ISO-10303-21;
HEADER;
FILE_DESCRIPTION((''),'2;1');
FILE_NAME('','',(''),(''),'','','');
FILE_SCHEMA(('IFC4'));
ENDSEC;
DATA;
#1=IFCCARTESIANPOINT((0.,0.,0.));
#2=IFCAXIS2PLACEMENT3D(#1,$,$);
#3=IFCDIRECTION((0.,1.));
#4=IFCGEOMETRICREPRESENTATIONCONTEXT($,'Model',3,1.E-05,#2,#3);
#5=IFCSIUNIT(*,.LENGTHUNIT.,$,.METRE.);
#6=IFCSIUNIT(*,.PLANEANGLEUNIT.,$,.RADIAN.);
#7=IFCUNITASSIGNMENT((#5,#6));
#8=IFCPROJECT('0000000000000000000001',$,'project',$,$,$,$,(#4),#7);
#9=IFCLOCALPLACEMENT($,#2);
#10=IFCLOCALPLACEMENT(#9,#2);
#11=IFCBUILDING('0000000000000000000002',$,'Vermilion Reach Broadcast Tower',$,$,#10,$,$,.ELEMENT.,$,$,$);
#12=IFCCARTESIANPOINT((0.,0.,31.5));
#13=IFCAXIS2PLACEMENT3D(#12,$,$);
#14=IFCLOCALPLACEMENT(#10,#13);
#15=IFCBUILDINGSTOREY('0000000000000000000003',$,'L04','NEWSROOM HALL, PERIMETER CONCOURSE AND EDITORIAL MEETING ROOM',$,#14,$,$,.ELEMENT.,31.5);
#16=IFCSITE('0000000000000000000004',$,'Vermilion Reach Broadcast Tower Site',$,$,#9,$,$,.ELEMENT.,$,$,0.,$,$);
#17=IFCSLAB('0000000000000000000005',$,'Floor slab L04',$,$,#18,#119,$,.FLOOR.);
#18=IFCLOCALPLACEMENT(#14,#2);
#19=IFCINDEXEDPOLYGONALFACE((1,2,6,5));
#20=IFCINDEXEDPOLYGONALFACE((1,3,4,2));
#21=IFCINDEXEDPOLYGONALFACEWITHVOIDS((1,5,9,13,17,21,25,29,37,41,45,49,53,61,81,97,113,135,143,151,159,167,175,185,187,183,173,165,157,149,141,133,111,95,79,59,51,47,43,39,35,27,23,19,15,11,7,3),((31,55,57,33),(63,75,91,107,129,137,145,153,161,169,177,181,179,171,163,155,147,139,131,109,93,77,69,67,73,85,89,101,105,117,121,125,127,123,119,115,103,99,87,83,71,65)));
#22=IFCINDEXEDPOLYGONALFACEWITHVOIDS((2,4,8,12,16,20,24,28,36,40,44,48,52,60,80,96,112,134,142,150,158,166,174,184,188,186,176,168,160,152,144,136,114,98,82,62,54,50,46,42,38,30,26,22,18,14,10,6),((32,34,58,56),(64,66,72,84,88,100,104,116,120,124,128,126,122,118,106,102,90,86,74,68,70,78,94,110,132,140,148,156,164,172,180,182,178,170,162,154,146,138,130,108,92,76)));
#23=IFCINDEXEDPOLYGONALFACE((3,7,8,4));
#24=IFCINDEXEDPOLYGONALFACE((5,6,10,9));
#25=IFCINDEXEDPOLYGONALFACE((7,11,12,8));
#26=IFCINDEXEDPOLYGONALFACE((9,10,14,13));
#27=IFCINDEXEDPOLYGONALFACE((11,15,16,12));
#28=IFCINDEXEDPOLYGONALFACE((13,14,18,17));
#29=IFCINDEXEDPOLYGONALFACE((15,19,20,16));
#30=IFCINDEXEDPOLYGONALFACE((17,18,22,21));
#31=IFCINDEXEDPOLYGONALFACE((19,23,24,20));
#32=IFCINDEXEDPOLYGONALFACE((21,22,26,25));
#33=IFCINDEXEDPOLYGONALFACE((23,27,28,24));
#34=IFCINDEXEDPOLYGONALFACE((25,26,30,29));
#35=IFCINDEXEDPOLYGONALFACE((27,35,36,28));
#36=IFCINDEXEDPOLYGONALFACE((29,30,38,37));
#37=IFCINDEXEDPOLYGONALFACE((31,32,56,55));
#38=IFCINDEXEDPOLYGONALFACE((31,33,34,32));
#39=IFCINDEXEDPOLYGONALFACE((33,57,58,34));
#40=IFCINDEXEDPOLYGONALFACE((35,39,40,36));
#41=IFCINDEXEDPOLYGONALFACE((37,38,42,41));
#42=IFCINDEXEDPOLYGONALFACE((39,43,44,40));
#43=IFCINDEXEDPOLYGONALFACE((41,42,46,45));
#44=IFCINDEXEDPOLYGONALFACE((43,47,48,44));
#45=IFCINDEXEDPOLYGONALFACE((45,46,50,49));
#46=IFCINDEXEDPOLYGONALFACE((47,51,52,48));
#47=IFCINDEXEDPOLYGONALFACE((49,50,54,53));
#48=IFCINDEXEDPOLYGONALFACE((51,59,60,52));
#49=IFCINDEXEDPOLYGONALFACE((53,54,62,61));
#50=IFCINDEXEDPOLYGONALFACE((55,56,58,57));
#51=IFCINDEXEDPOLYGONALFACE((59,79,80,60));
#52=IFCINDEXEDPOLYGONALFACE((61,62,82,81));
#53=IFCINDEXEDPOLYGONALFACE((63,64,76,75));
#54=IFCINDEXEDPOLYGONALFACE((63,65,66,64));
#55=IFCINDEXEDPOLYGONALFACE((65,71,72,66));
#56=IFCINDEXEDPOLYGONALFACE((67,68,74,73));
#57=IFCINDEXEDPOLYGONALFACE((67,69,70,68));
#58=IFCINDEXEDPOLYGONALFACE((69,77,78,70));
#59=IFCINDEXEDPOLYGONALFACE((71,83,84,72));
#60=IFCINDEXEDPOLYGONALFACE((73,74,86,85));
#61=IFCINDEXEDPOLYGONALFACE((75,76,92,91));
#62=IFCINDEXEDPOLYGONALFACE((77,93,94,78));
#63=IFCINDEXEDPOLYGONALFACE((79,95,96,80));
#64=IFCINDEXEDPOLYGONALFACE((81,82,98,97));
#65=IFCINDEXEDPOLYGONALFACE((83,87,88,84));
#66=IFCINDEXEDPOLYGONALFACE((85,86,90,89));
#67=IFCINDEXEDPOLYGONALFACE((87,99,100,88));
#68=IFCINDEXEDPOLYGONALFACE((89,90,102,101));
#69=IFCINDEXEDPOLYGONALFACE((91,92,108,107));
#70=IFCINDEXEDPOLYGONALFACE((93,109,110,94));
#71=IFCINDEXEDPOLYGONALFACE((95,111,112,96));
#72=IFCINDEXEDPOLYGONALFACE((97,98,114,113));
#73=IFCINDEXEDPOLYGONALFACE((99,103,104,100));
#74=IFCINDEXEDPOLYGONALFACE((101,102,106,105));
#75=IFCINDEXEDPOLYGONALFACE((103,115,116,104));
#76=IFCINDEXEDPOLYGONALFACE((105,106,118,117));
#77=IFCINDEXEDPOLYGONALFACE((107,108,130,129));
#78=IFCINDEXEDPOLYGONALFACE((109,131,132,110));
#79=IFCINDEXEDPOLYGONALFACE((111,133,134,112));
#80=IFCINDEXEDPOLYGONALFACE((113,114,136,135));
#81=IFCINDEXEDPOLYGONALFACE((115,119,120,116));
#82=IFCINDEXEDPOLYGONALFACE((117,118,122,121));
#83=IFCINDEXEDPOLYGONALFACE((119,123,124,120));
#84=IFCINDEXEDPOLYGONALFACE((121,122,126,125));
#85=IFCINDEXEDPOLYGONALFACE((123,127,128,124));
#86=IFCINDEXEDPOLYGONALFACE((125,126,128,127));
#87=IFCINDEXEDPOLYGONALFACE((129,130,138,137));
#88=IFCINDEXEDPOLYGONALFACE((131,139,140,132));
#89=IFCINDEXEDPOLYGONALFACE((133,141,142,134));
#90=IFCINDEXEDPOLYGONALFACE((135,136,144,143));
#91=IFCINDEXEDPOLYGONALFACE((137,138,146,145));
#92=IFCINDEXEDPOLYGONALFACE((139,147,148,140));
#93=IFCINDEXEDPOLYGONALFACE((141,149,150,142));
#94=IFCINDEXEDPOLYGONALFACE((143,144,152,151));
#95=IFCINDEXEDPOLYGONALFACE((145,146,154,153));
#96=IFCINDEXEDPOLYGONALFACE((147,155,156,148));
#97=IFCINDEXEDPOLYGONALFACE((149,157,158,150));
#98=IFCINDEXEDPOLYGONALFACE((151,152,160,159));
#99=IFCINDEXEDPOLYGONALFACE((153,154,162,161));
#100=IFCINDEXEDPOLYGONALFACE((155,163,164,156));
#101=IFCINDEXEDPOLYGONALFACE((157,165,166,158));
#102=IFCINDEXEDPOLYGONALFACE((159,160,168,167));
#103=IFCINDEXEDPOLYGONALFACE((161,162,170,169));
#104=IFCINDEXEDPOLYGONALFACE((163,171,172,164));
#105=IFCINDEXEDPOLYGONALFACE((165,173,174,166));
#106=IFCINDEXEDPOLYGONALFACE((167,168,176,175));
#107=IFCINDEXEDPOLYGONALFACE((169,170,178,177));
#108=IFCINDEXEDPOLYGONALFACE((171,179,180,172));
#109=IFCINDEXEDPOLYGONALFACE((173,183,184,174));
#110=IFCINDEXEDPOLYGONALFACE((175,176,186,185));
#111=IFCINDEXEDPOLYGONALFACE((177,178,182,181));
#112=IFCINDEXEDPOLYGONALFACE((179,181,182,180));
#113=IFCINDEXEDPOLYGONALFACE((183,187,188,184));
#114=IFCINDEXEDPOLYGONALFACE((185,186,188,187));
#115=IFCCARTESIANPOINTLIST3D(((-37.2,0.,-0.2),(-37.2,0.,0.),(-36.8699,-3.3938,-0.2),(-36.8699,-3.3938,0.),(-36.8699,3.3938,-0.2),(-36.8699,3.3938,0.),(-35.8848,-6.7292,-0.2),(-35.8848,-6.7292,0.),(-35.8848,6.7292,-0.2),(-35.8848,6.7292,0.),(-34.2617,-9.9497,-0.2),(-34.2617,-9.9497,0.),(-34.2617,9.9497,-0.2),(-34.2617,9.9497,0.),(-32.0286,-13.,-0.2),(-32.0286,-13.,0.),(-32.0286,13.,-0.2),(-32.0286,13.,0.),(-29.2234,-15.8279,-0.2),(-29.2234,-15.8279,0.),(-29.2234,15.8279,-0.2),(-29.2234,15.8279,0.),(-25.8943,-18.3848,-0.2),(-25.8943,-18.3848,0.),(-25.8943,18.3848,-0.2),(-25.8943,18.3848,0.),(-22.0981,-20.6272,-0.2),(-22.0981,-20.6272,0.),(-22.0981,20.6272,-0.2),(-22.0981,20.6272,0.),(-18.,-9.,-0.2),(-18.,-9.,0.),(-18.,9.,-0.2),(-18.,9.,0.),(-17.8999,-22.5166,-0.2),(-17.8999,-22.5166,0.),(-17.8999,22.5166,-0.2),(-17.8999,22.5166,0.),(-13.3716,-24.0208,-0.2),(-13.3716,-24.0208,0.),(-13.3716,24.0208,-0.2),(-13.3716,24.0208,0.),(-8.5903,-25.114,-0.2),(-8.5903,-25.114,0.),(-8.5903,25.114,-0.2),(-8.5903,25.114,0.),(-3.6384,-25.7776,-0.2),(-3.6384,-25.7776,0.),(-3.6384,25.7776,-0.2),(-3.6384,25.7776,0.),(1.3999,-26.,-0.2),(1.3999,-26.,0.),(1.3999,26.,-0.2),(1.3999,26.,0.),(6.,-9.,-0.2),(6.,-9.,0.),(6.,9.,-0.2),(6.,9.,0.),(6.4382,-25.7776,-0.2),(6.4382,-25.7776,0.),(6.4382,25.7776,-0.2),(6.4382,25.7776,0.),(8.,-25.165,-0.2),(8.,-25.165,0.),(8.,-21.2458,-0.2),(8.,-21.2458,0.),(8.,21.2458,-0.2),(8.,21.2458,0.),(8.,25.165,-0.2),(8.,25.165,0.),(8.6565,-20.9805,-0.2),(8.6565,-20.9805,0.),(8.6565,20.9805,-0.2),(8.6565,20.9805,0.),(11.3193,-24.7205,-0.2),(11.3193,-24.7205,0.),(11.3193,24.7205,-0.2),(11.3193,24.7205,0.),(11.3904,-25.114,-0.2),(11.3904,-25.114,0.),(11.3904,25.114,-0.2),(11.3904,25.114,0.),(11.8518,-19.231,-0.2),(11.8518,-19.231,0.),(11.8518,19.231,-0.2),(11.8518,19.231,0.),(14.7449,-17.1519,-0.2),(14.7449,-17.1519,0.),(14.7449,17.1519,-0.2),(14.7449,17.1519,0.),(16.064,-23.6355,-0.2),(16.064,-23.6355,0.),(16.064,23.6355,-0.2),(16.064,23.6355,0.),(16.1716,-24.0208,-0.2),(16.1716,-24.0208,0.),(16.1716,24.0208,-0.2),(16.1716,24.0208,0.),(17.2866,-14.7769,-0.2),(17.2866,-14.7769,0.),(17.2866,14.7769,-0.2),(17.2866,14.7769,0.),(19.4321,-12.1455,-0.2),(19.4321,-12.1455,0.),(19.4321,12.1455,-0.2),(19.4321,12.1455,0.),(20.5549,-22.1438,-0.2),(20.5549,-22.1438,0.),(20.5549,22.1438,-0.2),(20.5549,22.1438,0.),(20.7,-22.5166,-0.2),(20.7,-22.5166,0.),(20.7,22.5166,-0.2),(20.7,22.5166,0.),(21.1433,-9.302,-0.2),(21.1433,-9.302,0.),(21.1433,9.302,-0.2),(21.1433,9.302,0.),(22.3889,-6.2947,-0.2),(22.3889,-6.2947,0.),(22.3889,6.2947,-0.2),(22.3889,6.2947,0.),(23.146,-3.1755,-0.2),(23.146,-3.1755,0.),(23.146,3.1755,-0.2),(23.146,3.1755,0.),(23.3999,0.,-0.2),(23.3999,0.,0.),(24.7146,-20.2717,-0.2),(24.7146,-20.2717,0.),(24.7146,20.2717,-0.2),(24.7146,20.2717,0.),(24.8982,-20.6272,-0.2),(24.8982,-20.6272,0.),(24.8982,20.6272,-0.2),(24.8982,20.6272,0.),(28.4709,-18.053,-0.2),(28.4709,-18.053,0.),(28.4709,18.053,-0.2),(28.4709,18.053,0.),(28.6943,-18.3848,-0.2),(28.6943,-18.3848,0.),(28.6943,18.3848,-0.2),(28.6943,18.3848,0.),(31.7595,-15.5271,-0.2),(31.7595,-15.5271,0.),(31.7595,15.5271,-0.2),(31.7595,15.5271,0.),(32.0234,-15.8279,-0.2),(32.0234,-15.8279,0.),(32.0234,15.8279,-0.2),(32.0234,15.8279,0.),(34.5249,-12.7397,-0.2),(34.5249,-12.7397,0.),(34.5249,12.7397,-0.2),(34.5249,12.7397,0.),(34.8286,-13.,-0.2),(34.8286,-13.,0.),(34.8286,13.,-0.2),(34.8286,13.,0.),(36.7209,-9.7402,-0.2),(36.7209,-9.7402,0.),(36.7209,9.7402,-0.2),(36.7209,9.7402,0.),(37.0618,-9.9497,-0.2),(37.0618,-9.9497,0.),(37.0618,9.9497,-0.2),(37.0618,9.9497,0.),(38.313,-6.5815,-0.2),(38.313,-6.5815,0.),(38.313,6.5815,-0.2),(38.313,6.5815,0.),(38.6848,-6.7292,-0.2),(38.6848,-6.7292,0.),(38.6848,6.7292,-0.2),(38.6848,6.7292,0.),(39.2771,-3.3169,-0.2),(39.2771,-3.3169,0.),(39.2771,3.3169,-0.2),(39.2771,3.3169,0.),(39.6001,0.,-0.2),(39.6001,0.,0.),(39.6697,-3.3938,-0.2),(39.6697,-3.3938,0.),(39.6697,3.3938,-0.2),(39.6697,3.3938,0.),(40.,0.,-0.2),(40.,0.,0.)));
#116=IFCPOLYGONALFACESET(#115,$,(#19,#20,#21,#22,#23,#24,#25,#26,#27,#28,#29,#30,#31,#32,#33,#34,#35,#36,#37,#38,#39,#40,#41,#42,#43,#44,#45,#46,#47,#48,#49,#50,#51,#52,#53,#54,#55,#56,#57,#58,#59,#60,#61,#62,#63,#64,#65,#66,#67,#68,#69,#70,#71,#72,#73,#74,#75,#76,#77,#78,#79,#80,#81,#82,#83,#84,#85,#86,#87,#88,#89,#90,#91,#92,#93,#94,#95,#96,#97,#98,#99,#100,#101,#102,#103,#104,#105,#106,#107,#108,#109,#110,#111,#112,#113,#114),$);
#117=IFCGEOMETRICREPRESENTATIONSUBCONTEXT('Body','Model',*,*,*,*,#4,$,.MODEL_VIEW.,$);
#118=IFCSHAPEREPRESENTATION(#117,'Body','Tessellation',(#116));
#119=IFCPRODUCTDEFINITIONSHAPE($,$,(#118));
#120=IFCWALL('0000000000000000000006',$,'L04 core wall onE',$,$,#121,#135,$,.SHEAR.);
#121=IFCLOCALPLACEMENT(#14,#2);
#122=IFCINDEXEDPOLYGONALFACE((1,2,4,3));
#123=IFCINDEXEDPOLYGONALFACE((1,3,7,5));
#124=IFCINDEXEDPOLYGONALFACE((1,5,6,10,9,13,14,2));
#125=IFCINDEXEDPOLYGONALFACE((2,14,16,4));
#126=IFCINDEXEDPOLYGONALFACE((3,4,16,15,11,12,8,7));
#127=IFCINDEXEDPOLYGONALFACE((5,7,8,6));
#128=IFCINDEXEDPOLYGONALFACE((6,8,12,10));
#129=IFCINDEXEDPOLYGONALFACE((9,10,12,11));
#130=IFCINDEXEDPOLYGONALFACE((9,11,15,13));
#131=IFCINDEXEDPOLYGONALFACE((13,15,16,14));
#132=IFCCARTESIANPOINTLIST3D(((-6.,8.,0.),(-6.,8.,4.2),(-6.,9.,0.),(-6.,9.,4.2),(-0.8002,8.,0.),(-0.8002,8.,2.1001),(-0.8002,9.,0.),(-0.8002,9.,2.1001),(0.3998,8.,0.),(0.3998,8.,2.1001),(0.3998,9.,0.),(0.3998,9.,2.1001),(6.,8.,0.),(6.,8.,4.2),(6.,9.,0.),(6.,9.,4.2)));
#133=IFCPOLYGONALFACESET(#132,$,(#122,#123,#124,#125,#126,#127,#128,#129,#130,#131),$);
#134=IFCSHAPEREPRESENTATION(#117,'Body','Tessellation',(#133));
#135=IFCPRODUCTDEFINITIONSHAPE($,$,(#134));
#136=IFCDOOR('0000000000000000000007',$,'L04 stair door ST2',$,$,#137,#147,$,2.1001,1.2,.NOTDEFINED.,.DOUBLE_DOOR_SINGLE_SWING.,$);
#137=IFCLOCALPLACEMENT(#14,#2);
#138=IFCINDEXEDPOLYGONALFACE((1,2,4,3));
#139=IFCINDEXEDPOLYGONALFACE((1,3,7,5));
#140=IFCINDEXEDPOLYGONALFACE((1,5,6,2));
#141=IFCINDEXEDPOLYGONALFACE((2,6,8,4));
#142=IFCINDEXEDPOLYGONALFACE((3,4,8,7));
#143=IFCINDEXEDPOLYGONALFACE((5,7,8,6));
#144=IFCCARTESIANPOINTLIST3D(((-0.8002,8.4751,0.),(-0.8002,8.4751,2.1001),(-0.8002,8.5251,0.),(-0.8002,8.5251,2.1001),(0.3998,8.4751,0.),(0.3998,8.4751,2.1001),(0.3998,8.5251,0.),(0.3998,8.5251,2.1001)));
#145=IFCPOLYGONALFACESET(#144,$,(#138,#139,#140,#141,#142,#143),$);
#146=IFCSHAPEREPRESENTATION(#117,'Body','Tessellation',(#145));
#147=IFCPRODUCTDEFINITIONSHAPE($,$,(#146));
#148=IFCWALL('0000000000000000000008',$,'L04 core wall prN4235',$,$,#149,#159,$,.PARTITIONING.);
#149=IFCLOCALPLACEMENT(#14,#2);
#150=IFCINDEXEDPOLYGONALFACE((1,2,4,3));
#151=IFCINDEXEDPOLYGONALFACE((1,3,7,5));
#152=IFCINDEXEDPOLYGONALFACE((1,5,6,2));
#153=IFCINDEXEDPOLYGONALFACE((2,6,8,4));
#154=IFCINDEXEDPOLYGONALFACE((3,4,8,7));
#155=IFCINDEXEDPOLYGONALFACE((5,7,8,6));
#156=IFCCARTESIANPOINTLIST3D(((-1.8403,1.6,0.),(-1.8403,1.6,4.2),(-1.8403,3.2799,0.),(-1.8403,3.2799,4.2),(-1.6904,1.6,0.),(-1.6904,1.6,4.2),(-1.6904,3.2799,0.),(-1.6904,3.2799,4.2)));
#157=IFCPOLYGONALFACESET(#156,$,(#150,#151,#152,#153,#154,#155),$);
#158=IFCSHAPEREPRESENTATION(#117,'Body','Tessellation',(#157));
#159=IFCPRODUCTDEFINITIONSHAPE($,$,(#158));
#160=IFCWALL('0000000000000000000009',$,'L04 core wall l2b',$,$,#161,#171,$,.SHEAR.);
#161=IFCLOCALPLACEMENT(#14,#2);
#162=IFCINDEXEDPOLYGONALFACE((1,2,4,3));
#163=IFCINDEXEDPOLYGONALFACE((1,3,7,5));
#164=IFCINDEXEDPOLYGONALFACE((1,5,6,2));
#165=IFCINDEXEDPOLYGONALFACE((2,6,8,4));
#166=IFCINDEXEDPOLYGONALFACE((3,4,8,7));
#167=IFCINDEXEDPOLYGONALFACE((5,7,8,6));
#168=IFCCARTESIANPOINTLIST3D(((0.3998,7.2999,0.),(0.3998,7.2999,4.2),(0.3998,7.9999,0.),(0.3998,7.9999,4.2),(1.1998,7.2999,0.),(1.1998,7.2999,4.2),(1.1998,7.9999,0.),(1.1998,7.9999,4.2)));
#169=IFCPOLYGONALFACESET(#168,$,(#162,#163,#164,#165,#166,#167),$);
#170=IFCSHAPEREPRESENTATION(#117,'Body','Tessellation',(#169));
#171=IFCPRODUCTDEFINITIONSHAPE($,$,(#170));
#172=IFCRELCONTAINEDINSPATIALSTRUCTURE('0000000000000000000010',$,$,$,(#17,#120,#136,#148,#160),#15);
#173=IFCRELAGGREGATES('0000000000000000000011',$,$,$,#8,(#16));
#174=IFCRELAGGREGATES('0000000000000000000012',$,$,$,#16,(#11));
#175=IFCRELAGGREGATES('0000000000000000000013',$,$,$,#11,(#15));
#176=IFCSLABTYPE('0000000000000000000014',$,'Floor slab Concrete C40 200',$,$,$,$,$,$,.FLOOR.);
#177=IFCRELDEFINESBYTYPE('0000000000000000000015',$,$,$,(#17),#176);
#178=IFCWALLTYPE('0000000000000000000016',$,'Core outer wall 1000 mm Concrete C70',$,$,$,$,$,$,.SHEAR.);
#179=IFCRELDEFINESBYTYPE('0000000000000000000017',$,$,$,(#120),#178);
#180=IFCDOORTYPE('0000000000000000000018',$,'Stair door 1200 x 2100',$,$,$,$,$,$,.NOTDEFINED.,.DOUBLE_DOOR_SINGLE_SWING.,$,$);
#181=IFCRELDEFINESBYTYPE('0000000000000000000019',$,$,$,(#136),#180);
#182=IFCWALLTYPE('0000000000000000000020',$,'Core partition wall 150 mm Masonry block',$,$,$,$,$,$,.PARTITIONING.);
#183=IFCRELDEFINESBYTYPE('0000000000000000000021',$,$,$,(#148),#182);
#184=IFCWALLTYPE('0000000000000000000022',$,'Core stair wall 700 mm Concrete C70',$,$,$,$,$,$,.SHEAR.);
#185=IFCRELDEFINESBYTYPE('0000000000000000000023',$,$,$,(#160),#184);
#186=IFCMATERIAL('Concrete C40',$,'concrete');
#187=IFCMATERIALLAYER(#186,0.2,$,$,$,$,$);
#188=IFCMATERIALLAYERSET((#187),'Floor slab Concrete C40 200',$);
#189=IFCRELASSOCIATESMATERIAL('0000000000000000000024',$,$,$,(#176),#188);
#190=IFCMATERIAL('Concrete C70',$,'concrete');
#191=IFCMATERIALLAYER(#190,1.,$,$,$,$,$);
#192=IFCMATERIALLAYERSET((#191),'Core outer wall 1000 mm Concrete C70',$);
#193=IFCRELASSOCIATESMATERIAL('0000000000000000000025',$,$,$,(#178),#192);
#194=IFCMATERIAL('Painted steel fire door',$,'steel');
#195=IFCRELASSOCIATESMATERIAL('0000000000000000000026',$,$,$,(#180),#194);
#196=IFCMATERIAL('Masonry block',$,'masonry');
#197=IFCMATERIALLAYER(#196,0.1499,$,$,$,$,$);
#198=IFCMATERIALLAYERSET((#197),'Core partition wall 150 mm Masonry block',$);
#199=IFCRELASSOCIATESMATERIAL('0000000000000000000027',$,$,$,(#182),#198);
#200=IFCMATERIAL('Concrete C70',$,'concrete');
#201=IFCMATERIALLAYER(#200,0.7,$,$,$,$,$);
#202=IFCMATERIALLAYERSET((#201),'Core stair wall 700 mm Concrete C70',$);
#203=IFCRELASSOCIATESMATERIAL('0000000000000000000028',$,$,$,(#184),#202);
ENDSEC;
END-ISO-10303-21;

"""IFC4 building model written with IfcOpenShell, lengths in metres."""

from ifc_helpers import new_model, si_unit, direction, frame, frame_2d, origin, place, context, subcontext, project, spatial, polyline, rectangle, outline, extrude, material, layer, layer_set, type_object, element, fill, save


model = new_model("IFC4")

# Units and contexts
model_context = context("Model", 3, precision=1e-05, world=origin(), true_north=direction((0.0, 1.0)))
body_context = subcontext(model_context, "Body", "Model", "MODEL_VIEW")
ifc_project = project(units=[si_unit("LENGTHUNIT", "METRE"), si_unit("PLANEANGLEUNIT", "RADIAN")], contexts=[model_context])

# Site, building, storey
site_placement = place(None, origin())
site = spatial("IfcSite", under=ifc_project, at=site_placement, Name="Vermilion Reach Broadcast Tower Site", CompositionType="ELEMENT", RefElevation=0.0)
building_placement = place(site_placement, origin())
building = spatial("IfcBuilding", under=site, at=building_placement, Name="Vermilion Reach Broadcast Tower", CompositionType="ELEMENT")
storey_placement = place(building_placement, frame((0.0, 0.0, 31.5)))
storey = spatial("IfcBuildingStorey", under=building, at=storey_placement, Name="L04", Description="NEWSROOM HALL, PERIMETER CONCOURSE AND EDITORIAL MEETING ROOM", CompositionType="ELEMENT", Elevation=31.5)

# Slab
ifc_material_1 = material(Name="Concrete C40", Category="concrete")
ifc_layer_1 = layer(ifc_material_1, 0.2)
ifc_layer_set_1 = layer_set([ifc_layer_1], Name="Floor slab Concrete C40 200")
slab_type_1 = type_object("IfcSlabType", Name="Floor slab Concrete C40 200", PredefinedType="FLOOR", material=ifc_layer_set_1)
slab_1_placement = place(storey_placement, frame((0.0, 0.0, -0.2)))
element("IfcSlab", 1, at=slab_1_placement, inside=storey, type_object=slab_type_1, Name="Floor slab L04", PredefinedType="FLOOR", context=body_context, shape_type="SweptSolid", body=[
    extrude(outline(polyline([(40.0, 0.0), (39.6697, 3.3938), (38.6848, 6.7292), (37.0618, 9.9497), (34.8286, 13.0), (32.0234, 15.8279), (28.6943, 18.3848), (24.8982, 20.6272), (20.7, 22.5166), (16.1716, 24.0208), (11.3904, 25.114), (6.4382, 25.7776), (1.3999, 26.0), (-3.6384, 25.7776), (-8.5903, 25.114), (-13.3716, 24.0208), (-17.8999, 22.5166), (-22.0981, 20.6272), (-25.8943, 18.3848), (-29.2234, 15.8279), (-32.0286, 13.0), (-34.2617, 9.9497), (-35.8848, 6.7292), (-36.8699, 3.3938), (-37.2, 0.0), (-36.8699, -3.3938), (-35.8848, -6.7292), (-34.2617, -9.9497), (-32.0286, -13.0), (-29.2234, -15.8279), (-25.8943, -18.3848), (-22.0981, -20.6272), (-17.8999, -22.5166), (-13.3716, -24.0208), (-8.5903, -25.114), (-3.6384, -25.7776), (1.3999, -26.0), (6.4382, -25.7776), (11.3904, -25.114), (16.1716, -24.0208), (20.7, -22.5166), (24.8982, -20.6272), (28.6943, -18.3848), (32.0234, -15.8279), (34.8286, -13.0), (37.0618, -9.9497), (38.6848, -6.7292), (39.6697, -3.3938), (40.0, 0.0)]), holes=[polyline([(8.0, 25.165), (8.0, 21.2458), (8.6565, 20.9805), (11.8518, 19.231), (14.7449, 17.1519), (17.2866, 14.7769), (19.4321, 12.1455), (21.1433, 9.302), (22.3889, 6.2947), (23.146, 3.1755), (23.3999, 0.0), (23.146, -3.1755), (22.3889, -6.2947), (21.1433, -9.302), (19.4321, -12.1455), (17.2866, -14.7769), (14.7449, -17.1519), (11.8518, -19.231), (8.6565, -20.9805), (8.0, -21.2458), (8.0, -25.165), (11.3193, -24.7205), (16.064, -23.6355), (20.5549, -22.1438), (24.7146, -20.2717), (28.4709, -18.053), (31.7595, -15.5271), (34.5249, -12.7397), (36.7209, -9.7402), (38.313, -6.5815), (39.2771, -3.3169), (39.6001, 0.0), (39.2771, 3.3169), (38.313, 6.5815), (36.7209, 9.7402), (34.5249, 12.7397), (31.7595, 15.5271), (28.4709, 18.053), (24.7146, 20.2717), (20.5549, 22.1438), (16.064, 23.6355), (11.3193, 24.7205), (8.0, 25.165)]), polyline([(-18.0, -9.0), (6.0, -9.0), (6.0, 9.0), (-18.0, 9.0), (-18.0, -9.0)])]), origin(), (0.0, 0.0, 1.0), 0.2),
])

# Wall, opening, door
ifc_material_2 = material(Name="Concrete C70", Category="concrete")
ifc_layer_2 = layer(ifc_material_2, 1.0)
ifc_layer_set_2 = layer_set([ifc_layer_2], Name="Core outer wall 1000 mm Concrete C70")
wall_type_1 = type_object("IfcWallType", Name="Core outer wall 1000 mm Concrete C70", PredefinedType="SHEAR", material=ifc_layer_set_2)
wall_1_placement = place(storey_placement, frame((6.0, 8.5, 0.0), z_axis=(0.0, 0.0, 1.0), x_axis=(-1.0, 0.0, 0.0)))
wall_1 = element("IfcWall", 2, at=wall_1_placement, inside=storey, type_object=wall_type_1, Name="L04 core wall onE", PredefinedType="SHEAR", context=body_context, shape_type="SweptSolid", body=[
    extrude(rectangle(XDim=12.0, YDim=1.0, at=frame_2d((6.0, 0.0))), origin(), (0.0, 0.0, 1.0), 4.2),
])
opening_placement = place(wall_1_placement, frame((5.6001, 0.0, 0.0)))
opening = element("IfcOpeningElement", 3, at=opening_placement, cuts=wall_1, PredefinedType="OPENING", context=body_context, shape_type="SweptSolid", body=[
    extrude(rectangle(XDim=1.2, YDim=2.1001, at=frame_2d((0.6001, 1.05))), frame((0.0, 0.51, 0.0), z_axis=(0.0, -1.0, 0.0), x_axis=(1.0, 0.0, 0.0)), (0.0, 0.0, 1.0), 1.02),
])
ifc_material_3 = material(Name="Painted steel fire door", Category="steel")
door_type = type_object("IfcDoorType", Name="Stair door 1200 x 2100", OperationType="DOUBLE_DOOR_SINGLE_SWING", PredefinedType="NOTDEFINED", material=ifc_material_3)
door_placement = place(opening_placement, origin())
door = element("IfcDoor", 4, at=door_placement, inside=storey, type_object=door_type, Name="L04 stair door ST2", OperationType="DOUBLE_DOOR_SINGLE_SWING", OverallHeight=2.1001, OverallWidth=1.2, PredefinedType="NOTDEFINED", context=body_context, shape_type="SweptSolid", body=[
    extrude(rectangle(XDim=1.2, YDim=2.1001, at=frame_2d((0.6001, 1.05))), frame((0.0, 0.0249, 0.0), z_axis=(0.0, -1.0, 0.0), x_axis=(1.0, 0.0, 0.0)), (0.0, 0.0, 1.0), 0.05),
])
fill(opening, door)

# Walls
ifc_material_4 = material(Name="Masonry block", Category="masonry")
ifc_layer_3 = layer(ifc_material_4, 0.1499)
ifc_layer_set_3 = layer_set([ifc_layer_3], Name="Core partition wall 150 mm Masonry block")
wall_type_2 = type_object("IfcWallType", Name="Core partition wall 150 mm Masonry block", PredefinedType="PARTITIONING", material=ifc_layer_set_3)
wall_2_placement = place(storey_placement, frame((-1.7654, 1.6001, 0.0), z_axis=(0.0, 0.0, 1.0), x_axis=(0.0, 1.0, 0.0)))
element("IfcWall", 5, at=wall_2_placement, inside=storey, type_object=wall_type_2, Name="L04 core wall prN4235", PredefinedType="PARTITIONING", context=body_context, shape_type="SweptSolid", body=[
    extrude(rectangle(XDim=1.6799, YDim=0.1499, at=frame_2d((0.8398, 0.0))), origin(), (0.0, 0.0, 1.0), 4.2),
])
ifc_material_5 = material(Name="Concrete C70", Category="concrete")
ifc_layer_4 = layer(ifc_material_5, 0.7)
ifc_layer_set_4 = layer_set([ifc_layer_4], Name="Core stair wall 700 mm Concrete C70")
wall_type_3 = type_object("IfcWallType", Name="Core stair wall 700 mm Concrete C70", PredefinedType="SHEAR", material=ifc_layer_set_4)
wall_3_placement = place(storey_placement, frame((0.3999, 7.6499, 0.0), z_axis=(0.0, 0.0, 1.0), x_axis=(1.0, 0.0, 0.0)))
element("IfcWall", 6, at=wall_3_placement, inside=storey, type_object=wall_type_3, Name="L04 core wall l2b", PredefinedType="SHEAR", context=body_context, shape_type="SweptSolid", body=[
    extrude(rectangle(XDim=0.8, YDim=0.7, at=frame_2d((0.3999, 0.0))), origin(), (0.0, 0.0, 1.0), 4.2),
])

save(model, "model.ifc")
